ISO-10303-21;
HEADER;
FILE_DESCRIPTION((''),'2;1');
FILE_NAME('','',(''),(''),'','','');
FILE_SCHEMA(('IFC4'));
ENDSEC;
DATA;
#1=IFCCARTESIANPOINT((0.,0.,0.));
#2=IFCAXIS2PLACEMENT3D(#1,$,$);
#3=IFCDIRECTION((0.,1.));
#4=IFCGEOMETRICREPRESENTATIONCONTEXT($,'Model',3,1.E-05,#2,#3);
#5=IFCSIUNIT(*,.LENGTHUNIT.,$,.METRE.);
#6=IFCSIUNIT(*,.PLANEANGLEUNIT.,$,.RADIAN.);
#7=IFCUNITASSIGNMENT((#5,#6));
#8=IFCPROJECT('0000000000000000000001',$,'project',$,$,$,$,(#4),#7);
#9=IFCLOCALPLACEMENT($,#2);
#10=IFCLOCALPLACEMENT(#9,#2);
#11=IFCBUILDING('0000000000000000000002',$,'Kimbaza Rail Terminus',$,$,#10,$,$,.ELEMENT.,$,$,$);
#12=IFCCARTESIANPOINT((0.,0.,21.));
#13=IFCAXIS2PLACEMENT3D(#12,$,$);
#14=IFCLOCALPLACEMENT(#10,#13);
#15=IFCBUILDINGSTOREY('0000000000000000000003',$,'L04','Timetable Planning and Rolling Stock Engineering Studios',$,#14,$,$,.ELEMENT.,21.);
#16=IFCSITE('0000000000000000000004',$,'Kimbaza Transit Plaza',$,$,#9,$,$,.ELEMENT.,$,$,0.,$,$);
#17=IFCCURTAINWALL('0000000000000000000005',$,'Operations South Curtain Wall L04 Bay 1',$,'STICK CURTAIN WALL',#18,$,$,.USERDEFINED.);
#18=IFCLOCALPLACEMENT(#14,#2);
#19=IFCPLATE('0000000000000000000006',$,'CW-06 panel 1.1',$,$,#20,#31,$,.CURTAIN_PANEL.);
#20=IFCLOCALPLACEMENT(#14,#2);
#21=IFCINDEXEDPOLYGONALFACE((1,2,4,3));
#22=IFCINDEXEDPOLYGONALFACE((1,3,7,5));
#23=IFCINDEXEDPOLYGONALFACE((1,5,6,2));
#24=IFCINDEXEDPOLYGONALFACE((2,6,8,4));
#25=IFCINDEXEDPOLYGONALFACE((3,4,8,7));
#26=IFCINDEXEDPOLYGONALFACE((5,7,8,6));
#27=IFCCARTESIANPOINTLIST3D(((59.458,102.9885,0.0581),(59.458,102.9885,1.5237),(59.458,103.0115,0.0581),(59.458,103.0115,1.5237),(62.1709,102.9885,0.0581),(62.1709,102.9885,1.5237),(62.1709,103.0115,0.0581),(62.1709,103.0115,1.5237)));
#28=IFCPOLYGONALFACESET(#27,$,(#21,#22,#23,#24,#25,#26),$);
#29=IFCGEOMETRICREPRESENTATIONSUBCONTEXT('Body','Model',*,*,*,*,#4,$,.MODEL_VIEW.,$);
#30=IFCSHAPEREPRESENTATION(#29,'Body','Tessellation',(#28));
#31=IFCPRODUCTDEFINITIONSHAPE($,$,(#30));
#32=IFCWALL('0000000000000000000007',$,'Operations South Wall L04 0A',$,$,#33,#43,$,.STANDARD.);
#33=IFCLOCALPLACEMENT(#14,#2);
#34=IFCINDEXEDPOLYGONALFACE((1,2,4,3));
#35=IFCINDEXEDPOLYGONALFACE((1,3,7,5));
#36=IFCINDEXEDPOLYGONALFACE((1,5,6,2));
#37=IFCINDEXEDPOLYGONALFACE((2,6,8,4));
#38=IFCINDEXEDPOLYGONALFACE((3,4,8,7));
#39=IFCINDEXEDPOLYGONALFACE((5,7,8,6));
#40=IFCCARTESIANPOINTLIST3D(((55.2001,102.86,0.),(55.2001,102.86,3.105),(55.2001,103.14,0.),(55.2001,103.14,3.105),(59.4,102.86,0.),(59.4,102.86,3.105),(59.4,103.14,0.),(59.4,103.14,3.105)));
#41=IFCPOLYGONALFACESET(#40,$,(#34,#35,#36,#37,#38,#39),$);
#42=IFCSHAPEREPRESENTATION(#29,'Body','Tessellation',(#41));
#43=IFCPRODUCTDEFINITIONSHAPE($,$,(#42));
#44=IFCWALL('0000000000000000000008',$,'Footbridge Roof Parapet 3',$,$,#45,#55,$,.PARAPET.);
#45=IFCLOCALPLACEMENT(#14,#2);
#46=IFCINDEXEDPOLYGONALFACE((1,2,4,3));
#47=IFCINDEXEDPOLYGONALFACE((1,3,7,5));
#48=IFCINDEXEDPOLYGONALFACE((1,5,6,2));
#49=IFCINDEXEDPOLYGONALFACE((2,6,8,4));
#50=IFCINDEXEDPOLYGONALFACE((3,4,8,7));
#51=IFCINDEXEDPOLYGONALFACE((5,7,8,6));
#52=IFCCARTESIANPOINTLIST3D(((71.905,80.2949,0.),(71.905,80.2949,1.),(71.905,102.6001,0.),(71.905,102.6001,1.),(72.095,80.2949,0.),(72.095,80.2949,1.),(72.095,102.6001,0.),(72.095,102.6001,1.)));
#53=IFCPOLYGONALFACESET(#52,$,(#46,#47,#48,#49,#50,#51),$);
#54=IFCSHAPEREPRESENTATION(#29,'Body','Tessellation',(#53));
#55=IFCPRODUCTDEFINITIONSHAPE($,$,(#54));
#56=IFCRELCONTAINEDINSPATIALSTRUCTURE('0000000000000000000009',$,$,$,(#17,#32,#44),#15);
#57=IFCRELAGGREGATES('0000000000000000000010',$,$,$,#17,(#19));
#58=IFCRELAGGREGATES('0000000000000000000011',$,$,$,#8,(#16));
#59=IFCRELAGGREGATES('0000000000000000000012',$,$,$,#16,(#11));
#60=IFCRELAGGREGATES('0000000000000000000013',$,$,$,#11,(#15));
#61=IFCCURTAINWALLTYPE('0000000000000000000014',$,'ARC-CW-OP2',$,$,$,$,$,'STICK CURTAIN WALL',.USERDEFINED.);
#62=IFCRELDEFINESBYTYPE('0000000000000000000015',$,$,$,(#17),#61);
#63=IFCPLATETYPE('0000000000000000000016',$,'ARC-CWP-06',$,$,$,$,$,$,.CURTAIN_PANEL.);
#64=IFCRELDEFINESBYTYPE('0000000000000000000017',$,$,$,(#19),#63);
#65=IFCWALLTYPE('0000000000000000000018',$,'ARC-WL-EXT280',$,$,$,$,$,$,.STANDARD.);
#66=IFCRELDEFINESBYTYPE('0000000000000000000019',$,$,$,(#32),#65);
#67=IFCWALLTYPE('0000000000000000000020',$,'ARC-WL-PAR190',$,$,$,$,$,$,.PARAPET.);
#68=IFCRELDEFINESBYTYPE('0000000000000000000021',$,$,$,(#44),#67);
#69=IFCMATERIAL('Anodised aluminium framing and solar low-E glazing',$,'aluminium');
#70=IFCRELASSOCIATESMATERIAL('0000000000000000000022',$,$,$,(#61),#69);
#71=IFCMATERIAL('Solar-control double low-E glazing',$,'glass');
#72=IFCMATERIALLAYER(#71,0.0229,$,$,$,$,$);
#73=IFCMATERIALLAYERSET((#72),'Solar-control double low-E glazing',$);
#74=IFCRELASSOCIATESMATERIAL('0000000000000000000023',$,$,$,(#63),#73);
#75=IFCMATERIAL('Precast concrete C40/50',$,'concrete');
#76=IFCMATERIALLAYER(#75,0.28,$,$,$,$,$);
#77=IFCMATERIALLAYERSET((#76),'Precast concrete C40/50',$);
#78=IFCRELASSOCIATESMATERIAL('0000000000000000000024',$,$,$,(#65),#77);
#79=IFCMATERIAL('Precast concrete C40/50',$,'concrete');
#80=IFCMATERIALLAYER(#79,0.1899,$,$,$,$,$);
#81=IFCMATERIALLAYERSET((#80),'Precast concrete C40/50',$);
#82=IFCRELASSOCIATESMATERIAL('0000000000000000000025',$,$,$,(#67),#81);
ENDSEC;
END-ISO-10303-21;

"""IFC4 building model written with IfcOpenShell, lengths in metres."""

from ifc_helpers import new_model, si_unit, direction, frame, frame_2d, origin, origin_2d, place, context, subcontext, project, spatial, rectangle, extrude, material, layer, layer_set, type_object, element, aggregate, save


model = new_model("IFC4")

# Units and contexts
model_context = context("Model", 3, precision=1e-05, world=origin(), true_north=direction((0.0, 1.0)))
body_context = subcontext(model_context, "Body", "Model", "MODEL_VIEW")
ifc_project = project(units=[si_unit("LENGTHUNIT", "METRE"), si_unit("PLANEANGLEUNIT", "RADIAN")], contexts=[model_context])

# Site, building, storey
site_placement = place(None, origin())
site = spatial("IfcSite", under=ifc_project, at=site_placement, Name="Kimbaza Transit Plaza", CompositionType="ELEMENT", RefElevation=0.0)
building_placement = place(site_placement, origin())
building = spatial("IfcBuilding", under=site, at=building_placement, Name="Kimbaza Rail Terminus", CompositionType="ELEMENT")
storey_placement = place(building_placement, frame((0.0, 0.0, 21.0)))
storey = spatial("IfcBuildingStorey", under=building, at=storey_placement, Name="L04", Description="Timetable Planning and Rolling Stock Engineering Studios", CompositionType="ELEMENT", Elevation=21.0)

# Curtain wall
ifc_material_1 = material(Name="Anodised aluminium framing and solar low-E glazing", Category="aluminium")
curtain_wall_type = type_object("IfcCurtainWallType", Name="ARC-CW-OP2", ElementType="STICK CURTAIN WALL", PredefinedType="USERDEFINED", material=ifc_material_1)
curtain_wall_placement = place(storey_placement, origin())
curtain_wall = element("IfcCurtainWall", 1, at=curtain_wall_placement, inside=storey, type_object=curtain_wall_type, Name="Operations South Curtain Wall L04 Bay 1", ObjectType="STICK CURTAIN WALL", PredefinedType="USERDEFINED")

# Plate
ifc_material_2 = material(Name="Solar-control double low-E glazing", Category="glass")
ifc_layer_1 = layer(ifc_material_2, 0.0229)
ifc_layer_set_1 = layer_set([ifc_layer_1], Name="Solar-control double low-E glazing")
plate_type = type_object("IfcPlateType", Name="ARC-CWP-06", PredefinedType="CURTAIN_PANEL", material=ifc_layer_set_1)
plate_placement = place(storey_placement, frame((60.8145, 103.0, 0.0581), z_axis=(0.0, 0.0, 1.0), x_axis=(1.0, 0.0, 0.0)))
plate = element("IfcPlate", 2, at=plate_placement, type_object=plate_type, Name="CW-06 panel 1.1", PredefinedType="CURTAIN_PANEL", context=body_context, shape_type="SweptSolid", body=[
    extrude(rectangle(XDim=2.7129, YDim=0.0229, at=origin_2d()), origin(), (0.0, 0.0, 1.0), 1.4656),
])
aggregate(curtain_wall, [plate])

# Walls
ifc_material_3 = material(Name="Precast concrete C40/50", Category="concrete")
ifc_layer_2 = layer(ifc_material_3, 0.28)
ifc_layer_set_2 = layer_set([ifc_layer_2], Name="Precast concrete C40/50")
wall_type_1 = type_object("IfcWallType", Name="ARC-WL-EXT280", PredefinedType="STANDARD", material=ifc_layer_set_2)
wall_1_placement = place(storey_placement, frame((55.2, 103.0, 0.0), z_axis=(0.0, 0.0, 1.0), x_axis=(1.0, 0.0, 0.0)))
element("IfcWall", 3, at=wall_1_placement, inside=storey, type_object=wall_type_1, Name="Operations South Wall L04 0A", PredefinedType="STANDARD", context=body_context, shape_type="SweptSolid", body=[
    extrude(rectangle(XDim=4.2, YDim=0.28, at=frame_2d((2.1001, 0.0))), origin(), (0.0, 0.0, 1.0), 3.105),
])
ifc_material_4 = material(Name="Precast concrete C40/50", Category="concrete")
ifc_layer_3 = layer(ifc_material_4, 0.1899)
ifc_layer_set_3 = layer_set([ifc_layer_3], Name="Precast concrete C40/50")
wall_type_2 = type_object("IfcWallType", Name="ARC-WL-PAR190", PredefinedType="PARAPET", material=ifc_layer_set_3)
wall_2_placement = place(storey_placement, frame((72.0, 102.6001, 0.0), z_axis=(0.0, 0.0, 1.0), x_axis=(0.0, -1.0, 0.0)))
element("IfcWall", 4, at=wall_2_placement, inside=storey, type_object=wall_type_2, Name="Footbridge Roof Parapet 3", PredefinedType="PARAPET", context=body_context, shape_type="SweptSolid", body=[
    extrude(rectangle(XDim=22.3052, YDim=0.1899, at=frame_2d((11.1526, 0.0))), origin(), (0.0, 0.0, 1.0), 1.0),
])

save(model, "model.ifc")
